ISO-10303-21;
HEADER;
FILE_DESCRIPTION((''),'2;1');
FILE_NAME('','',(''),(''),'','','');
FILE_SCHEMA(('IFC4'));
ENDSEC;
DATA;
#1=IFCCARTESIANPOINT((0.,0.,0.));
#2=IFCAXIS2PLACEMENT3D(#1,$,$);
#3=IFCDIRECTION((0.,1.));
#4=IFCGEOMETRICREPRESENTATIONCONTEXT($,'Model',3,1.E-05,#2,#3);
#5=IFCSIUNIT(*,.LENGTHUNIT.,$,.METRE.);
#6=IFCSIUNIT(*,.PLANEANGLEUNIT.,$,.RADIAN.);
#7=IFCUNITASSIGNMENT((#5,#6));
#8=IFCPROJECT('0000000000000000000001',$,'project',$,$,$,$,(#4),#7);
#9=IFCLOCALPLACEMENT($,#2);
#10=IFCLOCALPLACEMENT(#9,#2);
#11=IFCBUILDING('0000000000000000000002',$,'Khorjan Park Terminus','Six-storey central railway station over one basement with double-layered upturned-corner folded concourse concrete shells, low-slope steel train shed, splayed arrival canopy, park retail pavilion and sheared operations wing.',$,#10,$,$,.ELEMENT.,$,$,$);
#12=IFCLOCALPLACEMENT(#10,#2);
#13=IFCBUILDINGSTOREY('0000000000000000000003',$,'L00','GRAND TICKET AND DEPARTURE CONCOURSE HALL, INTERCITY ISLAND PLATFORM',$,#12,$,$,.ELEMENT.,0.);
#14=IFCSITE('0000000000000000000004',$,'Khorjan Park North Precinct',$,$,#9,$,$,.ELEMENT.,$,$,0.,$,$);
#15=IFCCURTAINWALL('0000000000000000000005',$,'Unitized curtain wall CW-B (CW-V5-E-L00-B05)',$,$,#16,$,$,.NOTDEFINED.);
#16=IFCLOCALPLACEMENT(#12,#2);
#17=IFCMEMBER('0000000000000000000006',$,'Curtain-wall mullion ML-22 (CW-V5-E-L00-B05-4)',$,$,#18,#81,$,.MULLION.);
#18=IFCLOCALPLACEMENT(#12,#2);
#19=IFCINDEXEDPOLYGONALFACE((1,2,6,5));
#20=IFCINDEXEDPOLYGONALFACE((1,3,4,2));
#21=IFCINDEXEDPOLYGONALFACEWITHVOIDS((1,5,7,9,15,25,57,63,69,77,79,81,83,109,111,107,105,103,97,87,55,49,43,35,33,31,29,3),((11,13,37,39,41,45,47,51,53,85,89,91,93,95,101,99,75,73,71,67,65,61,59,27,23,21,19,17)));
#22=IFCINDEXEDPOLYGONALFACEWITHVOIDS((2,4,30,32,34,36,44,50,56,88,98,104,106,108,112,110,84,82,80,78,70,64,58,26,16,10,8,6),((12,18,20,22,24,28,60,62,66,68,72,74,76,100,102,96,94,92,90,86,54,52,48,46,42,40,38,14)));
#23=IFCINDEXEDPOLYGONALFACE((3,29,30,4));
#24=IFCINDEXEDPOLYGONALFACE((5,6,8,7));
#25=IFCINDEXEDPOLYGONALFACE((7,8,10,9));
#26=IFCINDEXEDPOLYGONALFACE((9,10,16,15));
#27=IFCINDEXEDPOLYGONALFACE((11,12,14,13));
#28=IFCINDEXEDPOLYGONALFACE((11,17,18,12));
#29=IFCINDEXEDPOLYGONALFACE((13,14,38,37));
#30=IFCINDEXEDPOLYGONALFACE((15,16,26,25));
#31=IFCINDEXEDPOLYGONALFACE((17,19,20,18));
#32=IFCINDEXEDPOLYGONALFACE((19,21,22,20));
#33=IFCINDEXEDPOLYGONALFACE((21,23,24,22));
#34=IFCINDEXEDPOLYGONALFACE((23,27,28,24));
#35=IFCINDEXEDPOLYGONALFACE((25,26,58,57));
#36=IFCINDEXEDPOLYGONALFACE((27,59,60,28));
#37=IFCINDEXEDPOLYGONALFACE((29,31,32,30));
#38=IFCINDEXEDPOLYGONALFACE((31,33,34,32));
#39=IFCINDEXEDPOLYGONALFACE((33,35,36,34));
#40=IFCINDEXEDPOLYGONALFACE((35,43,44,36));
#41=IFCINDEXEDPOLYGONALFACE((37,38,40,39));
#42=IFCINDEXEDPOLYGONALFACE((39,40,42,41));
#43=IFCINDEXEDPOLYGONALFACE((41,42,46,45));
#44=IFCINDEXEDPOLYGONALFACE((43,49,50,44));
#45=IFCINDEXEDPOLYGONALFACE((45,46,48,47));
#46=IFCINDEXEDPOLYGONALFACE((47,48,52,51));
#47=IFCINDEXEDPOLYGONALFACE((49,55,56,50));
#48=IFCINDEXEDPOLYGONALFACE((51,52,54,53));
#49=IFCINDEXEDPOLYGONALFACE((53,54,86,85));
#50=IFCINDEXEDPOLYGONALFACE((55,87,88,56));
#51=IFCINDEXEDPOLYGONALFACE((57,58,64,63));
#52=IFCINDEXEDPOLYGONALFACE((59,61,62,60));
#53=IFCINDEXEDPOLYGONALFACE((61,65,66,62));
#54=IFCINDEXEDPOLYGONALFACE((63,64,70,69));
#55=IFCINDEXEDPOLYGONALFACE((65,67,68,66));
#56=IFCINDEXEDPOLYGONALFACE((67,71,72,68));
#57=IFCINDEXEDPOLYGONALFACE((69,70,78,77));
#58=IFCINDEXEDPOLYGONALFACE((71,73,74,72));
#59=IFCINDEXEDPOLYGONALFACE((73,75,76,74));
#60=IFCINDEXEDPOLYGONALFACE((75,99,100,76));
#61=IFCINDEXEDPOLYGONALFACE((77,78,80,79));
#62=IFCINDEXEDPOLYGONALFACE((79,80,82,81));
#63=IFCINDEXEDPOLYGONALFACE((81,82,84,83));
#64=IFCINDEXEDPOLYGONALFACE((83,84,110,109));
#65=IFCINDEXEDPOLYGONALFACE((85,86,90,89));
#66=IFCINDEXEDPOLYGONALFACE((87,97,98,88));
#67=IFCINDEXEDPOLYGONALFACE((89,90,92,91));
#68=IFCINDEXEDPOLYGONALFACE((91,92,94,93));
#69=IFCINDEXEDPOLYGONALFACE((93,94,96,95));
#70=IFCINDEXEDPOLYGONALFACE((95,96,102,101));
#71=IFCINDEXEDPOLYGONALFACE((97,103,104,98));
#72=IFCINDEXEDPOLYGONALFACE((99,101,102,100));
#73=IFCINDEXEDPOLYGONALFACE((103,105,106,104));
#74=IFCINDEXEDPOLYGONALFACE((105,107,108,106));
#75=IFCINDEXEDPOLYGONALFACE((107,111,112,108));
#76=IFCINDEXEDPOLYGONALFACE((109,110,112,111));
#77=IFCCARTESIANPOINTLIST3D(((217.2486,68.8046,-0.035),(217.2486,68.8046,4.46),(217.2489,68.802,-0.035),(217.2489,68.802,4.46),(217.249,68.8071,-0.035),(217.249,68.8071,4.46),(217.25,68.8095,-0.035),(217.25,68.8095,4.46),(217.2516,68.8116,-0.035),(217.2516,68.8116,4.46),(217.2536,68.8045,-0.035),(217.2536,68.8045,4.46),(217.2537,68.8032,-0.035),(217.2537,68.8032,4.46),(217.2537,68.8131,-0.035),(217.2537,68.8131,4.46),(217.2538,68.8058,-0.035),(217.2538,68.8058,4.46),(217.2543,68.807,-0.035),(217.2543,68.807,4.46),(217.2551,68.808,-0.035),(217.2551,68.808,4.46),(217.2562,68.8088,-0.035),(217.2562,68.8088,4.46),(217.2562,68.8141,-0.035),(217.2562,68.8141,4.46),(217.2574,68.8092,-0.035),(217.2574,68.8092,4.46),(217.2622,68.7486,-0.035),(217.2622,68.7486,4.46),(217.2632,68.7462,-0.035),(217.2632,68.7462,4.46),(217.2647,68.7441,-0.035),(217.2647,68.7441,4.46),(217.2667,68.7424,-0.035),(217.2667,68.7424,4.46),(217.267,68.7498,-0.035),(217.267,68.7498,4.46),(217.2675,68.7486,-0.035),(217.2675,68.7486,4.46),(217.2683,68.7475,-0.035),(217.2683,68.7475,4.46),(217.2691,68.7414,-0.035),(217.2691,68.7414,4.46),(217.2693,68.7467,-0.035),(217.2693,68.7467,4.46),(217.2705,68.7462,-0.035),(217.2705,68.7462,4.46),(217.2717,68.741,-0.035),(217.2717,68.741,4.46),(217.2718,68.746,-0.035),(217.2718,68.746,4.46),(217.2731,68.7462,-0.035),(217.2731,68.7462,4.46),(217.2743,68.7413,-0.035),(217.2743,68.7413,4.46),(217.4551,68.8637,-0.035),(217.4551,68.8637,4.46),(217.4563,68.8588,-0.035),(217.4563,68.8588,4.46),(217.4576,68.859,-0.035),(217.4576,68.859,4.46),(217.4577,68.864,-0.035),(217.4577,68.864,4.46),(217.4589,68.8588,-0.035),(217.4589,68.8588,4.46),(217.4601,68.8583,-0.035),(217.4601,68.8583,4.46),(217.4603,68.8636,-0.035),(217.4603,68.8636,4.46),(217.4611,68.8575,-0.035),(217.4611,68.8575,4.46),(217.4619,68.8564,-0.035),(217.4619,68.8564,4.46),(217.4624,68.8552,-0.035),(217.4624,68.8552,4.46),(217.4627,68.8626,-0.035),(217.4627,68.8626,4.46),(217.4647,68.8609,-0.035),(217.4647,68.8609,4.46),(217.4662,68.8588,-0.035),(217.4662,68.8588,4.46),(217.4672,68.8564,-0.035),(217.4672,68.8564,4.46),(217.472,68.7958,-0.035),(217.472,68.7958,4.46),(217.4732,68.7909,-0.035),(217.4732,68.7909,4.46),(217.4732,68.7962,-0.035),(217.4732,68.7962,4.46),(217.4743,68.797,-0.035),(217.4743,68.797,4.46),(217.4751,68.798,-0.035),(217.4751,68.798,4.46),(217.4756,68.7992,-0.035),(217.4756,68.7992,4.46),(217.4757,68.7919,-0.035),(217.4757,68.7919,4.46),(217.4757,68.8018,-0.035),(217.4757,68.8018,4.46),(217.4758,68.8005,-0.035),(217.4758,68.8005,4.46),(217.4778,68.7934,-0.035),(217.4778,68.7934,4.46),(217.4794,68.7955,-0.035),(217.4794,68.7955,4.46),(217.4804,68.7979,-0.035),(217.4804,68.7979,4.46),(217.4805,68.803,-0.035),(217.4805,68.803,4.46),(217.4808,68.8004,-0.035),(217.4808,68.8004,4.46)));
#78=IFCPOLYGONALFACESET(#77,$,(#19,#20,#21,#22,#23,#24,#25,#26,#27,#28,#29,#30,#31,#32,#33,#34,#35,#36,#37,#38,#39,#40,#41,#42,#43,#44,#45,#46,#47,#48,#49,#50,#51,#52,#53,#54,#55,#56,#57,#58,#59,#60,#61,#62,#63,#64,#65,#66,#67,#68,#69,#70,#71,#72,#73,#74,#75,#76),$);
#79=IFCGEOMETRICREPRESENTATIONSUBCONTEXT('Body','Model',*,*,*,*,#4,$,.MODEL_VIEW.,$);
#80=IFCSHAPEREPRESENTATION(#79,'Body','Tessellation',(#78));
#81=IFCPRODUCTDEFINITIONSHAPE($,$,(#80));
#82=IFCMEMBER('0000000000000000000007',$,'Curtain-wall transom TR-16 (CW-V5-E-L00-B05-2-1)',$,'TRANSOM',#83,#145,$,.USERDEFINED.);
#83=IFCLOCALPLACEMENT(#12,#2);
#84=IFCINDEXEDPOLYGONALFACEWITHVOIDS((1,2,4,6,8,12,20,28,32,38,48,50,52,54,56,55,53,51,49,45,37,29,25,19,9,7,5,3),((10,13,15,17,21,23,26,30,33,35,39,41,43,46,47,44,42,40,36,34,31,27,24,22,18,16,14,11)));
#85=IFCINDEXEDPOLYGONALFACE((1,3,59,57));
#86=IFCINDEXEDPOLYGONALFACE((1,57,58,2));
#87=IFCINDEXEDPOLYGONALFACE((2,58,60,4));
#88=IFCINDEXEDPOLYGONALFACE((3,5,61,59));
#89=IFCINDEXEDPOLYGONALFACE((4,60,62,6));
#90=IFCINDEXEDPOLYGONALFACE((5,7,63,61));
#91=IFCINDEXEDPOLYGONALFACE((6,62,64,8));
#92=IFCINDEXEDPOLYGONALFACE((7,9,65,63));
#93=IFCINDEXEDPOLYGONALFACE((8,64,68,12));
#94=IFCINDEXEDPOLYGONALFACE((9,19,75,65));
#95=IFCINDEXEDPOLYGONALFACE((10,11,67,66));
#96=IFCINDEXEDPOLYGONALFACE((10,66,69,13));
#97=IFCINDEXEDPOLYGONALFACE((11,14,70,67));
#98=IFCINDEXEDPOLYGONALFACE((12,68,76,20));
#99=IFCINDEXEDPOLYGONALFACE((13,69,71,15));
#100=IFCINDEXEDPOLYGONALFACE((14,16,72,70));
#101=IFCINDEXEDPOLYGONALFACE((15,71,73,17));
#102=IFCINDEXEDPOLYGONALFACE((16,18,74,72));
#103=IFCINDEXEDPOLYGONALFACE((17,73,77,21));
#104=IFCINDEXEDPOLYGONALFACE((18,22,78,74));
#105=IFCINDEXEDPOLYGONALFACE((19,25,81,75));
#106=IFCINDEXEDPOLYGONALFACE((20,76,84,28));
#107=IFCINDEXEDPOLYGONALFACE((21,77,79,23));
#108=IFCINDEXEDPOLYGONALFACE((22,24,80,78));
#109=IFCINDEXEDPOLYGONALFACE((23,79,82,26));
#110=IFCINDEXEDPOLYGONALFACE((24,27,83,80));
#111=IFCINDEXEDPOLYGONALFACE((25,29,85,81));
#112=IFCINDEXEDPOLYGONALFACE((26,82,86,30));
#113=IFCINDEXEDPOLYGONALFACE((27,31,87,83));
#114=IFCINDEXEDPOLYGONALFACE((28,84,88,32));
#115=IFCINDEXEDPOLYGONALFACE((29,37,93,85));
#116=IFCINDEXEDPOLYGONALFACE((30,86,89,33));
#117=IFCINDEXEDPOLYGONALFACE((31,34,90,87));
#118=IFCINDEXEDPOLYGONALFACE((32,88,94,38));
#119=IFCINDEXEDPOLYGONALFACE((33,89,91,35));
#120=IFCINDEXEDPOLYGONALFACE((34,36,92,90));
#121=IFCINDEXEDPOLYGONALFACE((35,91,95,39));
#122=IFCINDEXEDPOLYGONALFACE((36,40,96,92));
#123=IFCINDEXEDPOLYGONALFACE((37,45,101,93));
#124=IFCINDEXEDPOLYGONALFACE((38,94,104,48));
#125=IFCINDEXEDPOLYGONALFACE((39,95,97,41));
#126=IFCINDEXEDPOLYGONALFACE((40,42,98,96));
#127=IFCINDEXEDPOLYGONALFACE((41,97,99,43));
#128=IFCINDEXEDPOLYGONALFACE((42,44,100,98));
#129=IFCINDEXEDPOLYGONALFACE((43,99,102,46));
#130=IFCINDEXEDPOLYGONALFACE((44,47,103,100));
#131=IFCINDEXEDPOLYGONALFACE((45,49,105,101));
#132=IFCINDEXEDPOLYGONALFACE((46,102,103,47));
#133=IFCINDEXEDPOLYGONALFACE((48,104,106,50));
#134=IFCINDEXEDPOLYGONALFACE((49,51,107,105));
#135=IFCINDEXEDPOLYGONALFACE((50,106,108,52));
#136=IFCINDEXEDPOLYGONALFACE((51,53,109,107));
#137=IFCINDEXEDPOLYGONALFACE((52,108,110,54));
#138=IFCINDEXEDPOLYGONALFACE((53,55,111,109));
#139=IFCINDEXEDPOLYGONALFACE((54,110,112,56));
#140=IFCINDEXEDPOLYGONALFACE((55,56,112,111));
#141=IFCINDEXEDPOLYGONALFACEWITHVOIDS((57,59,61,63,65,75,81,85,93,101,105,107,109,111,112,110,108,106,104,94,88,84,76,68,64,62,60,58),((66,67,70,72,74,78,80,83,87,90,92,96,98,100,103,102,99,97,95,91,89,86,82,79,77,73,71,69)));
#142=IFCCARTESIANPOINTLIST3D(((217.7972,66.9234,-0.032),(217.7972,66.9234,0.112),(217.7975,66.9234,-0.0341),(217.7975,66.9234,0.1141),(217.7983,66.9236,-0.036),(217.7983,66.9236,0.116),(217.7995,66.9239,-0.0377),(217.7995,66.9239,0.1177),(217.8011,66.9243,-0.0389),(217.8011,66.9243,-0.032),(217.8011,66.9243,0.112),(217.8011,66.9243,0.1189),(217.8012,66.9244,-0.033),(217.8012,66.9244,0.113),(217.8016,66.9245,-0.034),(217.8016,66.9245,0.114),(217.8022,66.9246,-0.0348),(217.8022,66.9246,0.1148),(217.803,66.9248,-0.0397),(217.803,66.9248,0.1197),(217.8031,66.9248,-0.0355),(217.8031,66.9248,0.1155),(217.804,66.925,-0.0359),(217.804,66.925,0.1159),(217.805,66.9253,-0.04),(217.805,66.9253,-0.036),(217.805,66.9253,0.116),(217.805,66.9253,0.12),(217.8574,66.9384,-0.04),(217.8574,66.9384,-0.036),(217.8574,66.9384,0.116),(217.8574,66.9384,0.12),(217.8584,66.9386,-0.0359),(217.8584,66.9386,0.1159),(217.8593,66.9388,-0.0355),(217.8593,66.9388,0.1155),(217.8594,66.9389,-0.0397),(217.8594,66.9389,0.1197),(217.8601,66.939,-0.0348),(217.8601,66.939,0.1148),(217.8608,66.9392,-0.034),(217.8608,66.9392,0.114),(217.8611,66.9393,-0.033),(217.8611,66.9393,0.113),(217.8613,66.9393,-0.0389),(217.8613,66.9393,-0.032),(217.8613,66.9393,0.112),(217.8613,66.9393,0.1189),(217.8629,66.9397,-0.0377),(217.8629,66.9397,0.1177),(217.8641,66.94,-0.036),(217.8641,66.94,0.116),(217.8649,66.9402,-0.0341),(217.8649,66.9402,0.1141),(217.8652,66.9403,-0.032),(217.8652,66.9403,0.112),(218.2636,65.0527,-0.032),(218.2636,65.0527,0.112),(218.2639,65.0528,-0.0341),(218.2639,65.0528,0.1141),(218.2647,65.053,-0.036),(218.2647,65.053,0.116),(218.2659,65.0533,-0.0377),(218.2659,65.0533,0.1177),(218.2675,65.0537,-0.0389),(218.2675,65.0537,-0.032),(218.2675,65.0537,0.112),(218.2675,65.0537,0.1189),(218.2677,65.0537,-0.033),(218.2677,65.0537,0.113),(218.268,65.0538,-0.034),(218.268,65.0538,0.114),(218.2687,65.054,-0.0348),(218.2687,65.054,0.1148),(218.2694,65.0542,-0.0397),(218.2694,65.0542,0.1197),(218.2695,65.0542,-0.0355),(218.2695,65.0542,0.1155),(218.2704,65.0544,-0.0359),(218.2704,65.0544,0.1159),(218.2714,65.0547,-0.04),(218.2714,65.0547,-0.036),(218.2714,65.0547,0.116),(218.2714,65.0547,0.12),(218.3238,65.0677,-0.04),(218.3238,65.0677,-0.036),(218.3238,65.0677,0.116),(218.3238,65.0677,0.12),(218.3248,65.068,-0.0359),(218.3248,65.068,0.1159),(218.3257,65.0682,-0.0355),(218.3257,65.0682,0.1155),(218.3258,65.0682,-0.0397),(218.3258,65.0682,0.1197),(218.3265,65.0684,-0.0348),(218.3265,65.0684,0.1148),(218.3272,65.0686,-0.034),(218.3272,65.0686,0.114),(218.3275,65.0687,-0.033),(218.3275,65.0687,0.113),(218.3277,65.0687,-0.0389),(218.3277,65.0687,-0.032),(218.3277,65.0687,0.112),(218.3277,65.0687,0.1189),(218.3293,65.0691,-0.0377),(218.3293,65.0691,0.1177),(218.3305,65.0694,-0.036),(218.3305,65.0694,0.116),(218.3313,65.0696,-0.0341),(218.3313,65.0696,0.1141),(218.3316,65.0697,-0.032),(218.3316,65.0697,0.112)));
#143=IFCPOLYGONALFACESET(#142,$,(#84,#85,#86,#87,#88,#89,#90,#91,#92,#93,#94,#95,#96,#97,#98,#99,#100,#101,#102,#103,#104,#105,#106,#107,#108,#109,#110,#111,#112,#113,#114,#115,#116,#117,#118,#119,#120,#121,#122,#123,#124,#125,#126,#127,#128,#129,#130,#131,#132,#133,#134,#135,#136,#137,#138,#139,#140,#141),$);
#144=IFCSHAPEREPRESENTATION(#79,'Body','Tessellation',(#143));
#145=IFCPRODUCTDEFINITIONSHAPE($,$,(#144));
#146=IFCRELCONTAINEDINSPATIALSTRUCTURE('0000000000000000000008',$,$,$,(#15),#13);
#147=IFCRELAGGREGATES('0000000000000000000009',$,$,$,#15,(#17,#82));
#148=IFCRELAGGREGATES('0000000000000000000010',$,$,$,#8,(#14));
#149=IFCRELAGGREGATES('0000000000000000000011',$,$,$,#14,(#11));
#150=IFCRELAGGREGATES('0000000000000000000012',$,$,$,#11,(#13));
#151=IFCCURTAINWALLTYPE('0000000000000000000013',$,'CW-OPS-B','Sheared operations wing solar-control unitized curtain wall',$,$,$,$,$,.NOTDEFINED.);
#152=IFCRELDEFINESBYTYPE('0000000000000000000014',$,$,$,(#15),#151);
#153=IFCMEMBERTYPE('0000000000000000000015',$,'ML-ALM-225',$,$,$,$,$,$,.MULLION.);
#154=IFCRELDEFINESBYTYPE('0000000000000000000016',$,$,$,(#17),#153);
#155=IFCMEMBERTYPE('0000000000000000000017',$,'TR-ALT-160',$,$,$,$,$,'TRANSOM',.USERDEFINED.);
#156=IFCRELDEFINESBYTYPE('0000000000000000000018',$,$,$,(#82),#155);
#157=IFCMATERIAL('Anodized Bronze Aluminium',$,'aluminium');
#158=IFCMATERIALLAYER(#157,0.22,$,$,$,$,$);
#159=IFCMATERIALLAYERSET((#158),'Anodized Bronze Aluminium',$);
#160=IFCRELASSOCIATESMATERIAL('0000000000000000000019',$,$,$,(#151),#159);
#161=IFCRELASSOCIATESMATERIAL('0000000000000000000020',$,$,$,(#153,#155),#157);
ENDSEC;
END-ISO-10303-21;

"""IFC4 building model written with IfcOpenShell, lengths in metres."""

from ifc_helpers import new_model, si_unit, direction, frame, origin, origin_2d, place, context, subcontext, project, spatial, hollow_rectangle, extrude, material, layer, layer_set, material_profile, profile_set, type_object, element, aggregate, save


model = new_model("IFC4")

# Units and contexts
model_context = context("Model", 3, precision=1e-05, world=origin(), true_north=direction((0.0, 1.0)))
body_context = subcontext(model_context, "Body", "Model", "MODEL_VIEW")
ifc_project = project(units=[si_unit("LENGTHUNIT", "METRE"), si_unit("PLANEANGLEUNIT", "RADIAN")], contexts=[model_context])

# Site, building, storey
site_placement = place(None, origin())
site = spatial("IfcSite", under=ifc_project, at=site_placement, Name="Khorjan Park North Precinct", CompositionType="ELEMENT", RefElevation=0.0)
building_placement = place(site_placement, origin())
building = spatial("IfcBuilding", under=site, at=building_placement, Name="Khorjan Park Terminus", Description="Six-storey central railway station over one basement with double-layered upturned-corner folded concourse concrete shells, low-slope steel train shed, splayed arrival canopy, park retail pavilion and sheared operations wing.", CompositionType="ELEMENT")
storey_placement = place(building_placement, origin())
storey = spatial("IfcBuildingStorey", under=building, at=storey_placement, Name="L00", Description="GRAND TICKET AND DEPARTURE CONCOURSE HALL, INTERCITY ISLAND PLATFORM", CompositionType="ELEMENT", Elevation=0.0)

# Curtain wall, members
ifc_material_1 = material(Name="Anodized Bronze Aluminium", Category="aluminium")
ifc_layer_1 = layer(ifc_material_1, 0.22)
ifc_layer_set_1 = layer_set([ifc_layer_1], Name="Anodized Bronze Aluminium")
curtain_wall_type = type_object("IfcCurtainWallType", Name="CW-OPS-B", Description="Sheared operations wing solar-control unitized curtain wall", PredefinedType="NOTDEFINED", material=ifc_layer_set_1)
curtain_wall_placement = place(storey_placement, origin())
curtain_wall = element("IfcCurtainWall", 1, at=curtain_wall_placement, inside=storey, type_object=curtain_wall_type, Name="Unitized curtain wall CW-B (CW-V5-E-L00-B05)", PredefinedType="NOTDEFINED")
ifc_material_profile_1 = material_profile(ifc_material_1, hollow_rectangle(XDim=0.075, YDim=0.225, WallThickness=0.005, InnerFilletRadius=0.005, OuterFilletRadius=0.01, at=origin_2d()), Name="ALM 75x225x5")
ifc_profile_set_1 = profile_set([ifc_material_profile_1], Name="Anodized Bronze Aluminium")
member_type_1 = type_object("IfcMemberType", Name="ML-ALM-225", PredefinedType="MULLION", material=ifc_profile_set_1)
member_1_placement = place(storey_placement, frame((217.3647, 68.8025, -0.035), z_axis=(0.0, 0.0, 1.0), x_axis=(-0.241935, 0.970292, 0.0)))
member_1 = element("IfcMember", 2, at=member_1_placement, type_object=member_type_1, Name="Curtain-wall mullion ML-22 (CW-V5-E-L00-B05-4)", PredefinedType="MULLION", context=body_context, shape_type="SweptSolid", body=[
    extrude(hollow_rectangle(XDim=0.075, YDim=0.225, WallThickness=0.005, InnerFilletRadius=0.005, OuterFilletRadius=0.01, at=origin_2d()), origin(), (0.0, 0.0, 1.0), 4.495),
])
ifc_material_profile_2 = material_profile(ifc_material_1, hollow_rectangle(XDim=0.07, YDim=0.16, WallThickness=0.004, InnerFilletRadius=0.004, OuterFilletRadius=0.008, at=origin_2d()), Name="ALT 70x160x4")
ifc_profile_set_2 = profile_set([ifc_material_profile_2], Name="Anodized Bronze Aluminium")
member_type_2 = type_object("IfcMemberType", Name="TR-ALT-160", ElementType="TRANSOM", PredefinedType="USERDEFINED", material=ifc_profile_set_2)
member_2_placement = place(storey_placement, frame((218.2976, 65.0612, 0.04), z_axis=(-0.241925, 0.970295, 0.0), x_axis=(-0.970295, -0.241925, 0.0)))
member_2 = element("IfcMember", 3, at=member_2_placement, type_object=member_type_2, Name="Curtain-wall transom TR-16 (CW-V5-E-L00-B05-2-1)", ObjectType="TRANSOM", PredefinedType="USERDEFINED", context=body_context, shape_type="SweptSolid", body=[
    extrude(hollow_rectangle(XDim=0.07, YDim=0.16, WallThickness=0.004, InnerFilletRadius=0.004, OuterFilletRadius=0.008, at=origin_2d()), origin(), (0.0, 0.0, 1.0), 1.9279),
])
aggregate(curtain_wall, [member_1, member_2])

save(model, "model.ifc")
